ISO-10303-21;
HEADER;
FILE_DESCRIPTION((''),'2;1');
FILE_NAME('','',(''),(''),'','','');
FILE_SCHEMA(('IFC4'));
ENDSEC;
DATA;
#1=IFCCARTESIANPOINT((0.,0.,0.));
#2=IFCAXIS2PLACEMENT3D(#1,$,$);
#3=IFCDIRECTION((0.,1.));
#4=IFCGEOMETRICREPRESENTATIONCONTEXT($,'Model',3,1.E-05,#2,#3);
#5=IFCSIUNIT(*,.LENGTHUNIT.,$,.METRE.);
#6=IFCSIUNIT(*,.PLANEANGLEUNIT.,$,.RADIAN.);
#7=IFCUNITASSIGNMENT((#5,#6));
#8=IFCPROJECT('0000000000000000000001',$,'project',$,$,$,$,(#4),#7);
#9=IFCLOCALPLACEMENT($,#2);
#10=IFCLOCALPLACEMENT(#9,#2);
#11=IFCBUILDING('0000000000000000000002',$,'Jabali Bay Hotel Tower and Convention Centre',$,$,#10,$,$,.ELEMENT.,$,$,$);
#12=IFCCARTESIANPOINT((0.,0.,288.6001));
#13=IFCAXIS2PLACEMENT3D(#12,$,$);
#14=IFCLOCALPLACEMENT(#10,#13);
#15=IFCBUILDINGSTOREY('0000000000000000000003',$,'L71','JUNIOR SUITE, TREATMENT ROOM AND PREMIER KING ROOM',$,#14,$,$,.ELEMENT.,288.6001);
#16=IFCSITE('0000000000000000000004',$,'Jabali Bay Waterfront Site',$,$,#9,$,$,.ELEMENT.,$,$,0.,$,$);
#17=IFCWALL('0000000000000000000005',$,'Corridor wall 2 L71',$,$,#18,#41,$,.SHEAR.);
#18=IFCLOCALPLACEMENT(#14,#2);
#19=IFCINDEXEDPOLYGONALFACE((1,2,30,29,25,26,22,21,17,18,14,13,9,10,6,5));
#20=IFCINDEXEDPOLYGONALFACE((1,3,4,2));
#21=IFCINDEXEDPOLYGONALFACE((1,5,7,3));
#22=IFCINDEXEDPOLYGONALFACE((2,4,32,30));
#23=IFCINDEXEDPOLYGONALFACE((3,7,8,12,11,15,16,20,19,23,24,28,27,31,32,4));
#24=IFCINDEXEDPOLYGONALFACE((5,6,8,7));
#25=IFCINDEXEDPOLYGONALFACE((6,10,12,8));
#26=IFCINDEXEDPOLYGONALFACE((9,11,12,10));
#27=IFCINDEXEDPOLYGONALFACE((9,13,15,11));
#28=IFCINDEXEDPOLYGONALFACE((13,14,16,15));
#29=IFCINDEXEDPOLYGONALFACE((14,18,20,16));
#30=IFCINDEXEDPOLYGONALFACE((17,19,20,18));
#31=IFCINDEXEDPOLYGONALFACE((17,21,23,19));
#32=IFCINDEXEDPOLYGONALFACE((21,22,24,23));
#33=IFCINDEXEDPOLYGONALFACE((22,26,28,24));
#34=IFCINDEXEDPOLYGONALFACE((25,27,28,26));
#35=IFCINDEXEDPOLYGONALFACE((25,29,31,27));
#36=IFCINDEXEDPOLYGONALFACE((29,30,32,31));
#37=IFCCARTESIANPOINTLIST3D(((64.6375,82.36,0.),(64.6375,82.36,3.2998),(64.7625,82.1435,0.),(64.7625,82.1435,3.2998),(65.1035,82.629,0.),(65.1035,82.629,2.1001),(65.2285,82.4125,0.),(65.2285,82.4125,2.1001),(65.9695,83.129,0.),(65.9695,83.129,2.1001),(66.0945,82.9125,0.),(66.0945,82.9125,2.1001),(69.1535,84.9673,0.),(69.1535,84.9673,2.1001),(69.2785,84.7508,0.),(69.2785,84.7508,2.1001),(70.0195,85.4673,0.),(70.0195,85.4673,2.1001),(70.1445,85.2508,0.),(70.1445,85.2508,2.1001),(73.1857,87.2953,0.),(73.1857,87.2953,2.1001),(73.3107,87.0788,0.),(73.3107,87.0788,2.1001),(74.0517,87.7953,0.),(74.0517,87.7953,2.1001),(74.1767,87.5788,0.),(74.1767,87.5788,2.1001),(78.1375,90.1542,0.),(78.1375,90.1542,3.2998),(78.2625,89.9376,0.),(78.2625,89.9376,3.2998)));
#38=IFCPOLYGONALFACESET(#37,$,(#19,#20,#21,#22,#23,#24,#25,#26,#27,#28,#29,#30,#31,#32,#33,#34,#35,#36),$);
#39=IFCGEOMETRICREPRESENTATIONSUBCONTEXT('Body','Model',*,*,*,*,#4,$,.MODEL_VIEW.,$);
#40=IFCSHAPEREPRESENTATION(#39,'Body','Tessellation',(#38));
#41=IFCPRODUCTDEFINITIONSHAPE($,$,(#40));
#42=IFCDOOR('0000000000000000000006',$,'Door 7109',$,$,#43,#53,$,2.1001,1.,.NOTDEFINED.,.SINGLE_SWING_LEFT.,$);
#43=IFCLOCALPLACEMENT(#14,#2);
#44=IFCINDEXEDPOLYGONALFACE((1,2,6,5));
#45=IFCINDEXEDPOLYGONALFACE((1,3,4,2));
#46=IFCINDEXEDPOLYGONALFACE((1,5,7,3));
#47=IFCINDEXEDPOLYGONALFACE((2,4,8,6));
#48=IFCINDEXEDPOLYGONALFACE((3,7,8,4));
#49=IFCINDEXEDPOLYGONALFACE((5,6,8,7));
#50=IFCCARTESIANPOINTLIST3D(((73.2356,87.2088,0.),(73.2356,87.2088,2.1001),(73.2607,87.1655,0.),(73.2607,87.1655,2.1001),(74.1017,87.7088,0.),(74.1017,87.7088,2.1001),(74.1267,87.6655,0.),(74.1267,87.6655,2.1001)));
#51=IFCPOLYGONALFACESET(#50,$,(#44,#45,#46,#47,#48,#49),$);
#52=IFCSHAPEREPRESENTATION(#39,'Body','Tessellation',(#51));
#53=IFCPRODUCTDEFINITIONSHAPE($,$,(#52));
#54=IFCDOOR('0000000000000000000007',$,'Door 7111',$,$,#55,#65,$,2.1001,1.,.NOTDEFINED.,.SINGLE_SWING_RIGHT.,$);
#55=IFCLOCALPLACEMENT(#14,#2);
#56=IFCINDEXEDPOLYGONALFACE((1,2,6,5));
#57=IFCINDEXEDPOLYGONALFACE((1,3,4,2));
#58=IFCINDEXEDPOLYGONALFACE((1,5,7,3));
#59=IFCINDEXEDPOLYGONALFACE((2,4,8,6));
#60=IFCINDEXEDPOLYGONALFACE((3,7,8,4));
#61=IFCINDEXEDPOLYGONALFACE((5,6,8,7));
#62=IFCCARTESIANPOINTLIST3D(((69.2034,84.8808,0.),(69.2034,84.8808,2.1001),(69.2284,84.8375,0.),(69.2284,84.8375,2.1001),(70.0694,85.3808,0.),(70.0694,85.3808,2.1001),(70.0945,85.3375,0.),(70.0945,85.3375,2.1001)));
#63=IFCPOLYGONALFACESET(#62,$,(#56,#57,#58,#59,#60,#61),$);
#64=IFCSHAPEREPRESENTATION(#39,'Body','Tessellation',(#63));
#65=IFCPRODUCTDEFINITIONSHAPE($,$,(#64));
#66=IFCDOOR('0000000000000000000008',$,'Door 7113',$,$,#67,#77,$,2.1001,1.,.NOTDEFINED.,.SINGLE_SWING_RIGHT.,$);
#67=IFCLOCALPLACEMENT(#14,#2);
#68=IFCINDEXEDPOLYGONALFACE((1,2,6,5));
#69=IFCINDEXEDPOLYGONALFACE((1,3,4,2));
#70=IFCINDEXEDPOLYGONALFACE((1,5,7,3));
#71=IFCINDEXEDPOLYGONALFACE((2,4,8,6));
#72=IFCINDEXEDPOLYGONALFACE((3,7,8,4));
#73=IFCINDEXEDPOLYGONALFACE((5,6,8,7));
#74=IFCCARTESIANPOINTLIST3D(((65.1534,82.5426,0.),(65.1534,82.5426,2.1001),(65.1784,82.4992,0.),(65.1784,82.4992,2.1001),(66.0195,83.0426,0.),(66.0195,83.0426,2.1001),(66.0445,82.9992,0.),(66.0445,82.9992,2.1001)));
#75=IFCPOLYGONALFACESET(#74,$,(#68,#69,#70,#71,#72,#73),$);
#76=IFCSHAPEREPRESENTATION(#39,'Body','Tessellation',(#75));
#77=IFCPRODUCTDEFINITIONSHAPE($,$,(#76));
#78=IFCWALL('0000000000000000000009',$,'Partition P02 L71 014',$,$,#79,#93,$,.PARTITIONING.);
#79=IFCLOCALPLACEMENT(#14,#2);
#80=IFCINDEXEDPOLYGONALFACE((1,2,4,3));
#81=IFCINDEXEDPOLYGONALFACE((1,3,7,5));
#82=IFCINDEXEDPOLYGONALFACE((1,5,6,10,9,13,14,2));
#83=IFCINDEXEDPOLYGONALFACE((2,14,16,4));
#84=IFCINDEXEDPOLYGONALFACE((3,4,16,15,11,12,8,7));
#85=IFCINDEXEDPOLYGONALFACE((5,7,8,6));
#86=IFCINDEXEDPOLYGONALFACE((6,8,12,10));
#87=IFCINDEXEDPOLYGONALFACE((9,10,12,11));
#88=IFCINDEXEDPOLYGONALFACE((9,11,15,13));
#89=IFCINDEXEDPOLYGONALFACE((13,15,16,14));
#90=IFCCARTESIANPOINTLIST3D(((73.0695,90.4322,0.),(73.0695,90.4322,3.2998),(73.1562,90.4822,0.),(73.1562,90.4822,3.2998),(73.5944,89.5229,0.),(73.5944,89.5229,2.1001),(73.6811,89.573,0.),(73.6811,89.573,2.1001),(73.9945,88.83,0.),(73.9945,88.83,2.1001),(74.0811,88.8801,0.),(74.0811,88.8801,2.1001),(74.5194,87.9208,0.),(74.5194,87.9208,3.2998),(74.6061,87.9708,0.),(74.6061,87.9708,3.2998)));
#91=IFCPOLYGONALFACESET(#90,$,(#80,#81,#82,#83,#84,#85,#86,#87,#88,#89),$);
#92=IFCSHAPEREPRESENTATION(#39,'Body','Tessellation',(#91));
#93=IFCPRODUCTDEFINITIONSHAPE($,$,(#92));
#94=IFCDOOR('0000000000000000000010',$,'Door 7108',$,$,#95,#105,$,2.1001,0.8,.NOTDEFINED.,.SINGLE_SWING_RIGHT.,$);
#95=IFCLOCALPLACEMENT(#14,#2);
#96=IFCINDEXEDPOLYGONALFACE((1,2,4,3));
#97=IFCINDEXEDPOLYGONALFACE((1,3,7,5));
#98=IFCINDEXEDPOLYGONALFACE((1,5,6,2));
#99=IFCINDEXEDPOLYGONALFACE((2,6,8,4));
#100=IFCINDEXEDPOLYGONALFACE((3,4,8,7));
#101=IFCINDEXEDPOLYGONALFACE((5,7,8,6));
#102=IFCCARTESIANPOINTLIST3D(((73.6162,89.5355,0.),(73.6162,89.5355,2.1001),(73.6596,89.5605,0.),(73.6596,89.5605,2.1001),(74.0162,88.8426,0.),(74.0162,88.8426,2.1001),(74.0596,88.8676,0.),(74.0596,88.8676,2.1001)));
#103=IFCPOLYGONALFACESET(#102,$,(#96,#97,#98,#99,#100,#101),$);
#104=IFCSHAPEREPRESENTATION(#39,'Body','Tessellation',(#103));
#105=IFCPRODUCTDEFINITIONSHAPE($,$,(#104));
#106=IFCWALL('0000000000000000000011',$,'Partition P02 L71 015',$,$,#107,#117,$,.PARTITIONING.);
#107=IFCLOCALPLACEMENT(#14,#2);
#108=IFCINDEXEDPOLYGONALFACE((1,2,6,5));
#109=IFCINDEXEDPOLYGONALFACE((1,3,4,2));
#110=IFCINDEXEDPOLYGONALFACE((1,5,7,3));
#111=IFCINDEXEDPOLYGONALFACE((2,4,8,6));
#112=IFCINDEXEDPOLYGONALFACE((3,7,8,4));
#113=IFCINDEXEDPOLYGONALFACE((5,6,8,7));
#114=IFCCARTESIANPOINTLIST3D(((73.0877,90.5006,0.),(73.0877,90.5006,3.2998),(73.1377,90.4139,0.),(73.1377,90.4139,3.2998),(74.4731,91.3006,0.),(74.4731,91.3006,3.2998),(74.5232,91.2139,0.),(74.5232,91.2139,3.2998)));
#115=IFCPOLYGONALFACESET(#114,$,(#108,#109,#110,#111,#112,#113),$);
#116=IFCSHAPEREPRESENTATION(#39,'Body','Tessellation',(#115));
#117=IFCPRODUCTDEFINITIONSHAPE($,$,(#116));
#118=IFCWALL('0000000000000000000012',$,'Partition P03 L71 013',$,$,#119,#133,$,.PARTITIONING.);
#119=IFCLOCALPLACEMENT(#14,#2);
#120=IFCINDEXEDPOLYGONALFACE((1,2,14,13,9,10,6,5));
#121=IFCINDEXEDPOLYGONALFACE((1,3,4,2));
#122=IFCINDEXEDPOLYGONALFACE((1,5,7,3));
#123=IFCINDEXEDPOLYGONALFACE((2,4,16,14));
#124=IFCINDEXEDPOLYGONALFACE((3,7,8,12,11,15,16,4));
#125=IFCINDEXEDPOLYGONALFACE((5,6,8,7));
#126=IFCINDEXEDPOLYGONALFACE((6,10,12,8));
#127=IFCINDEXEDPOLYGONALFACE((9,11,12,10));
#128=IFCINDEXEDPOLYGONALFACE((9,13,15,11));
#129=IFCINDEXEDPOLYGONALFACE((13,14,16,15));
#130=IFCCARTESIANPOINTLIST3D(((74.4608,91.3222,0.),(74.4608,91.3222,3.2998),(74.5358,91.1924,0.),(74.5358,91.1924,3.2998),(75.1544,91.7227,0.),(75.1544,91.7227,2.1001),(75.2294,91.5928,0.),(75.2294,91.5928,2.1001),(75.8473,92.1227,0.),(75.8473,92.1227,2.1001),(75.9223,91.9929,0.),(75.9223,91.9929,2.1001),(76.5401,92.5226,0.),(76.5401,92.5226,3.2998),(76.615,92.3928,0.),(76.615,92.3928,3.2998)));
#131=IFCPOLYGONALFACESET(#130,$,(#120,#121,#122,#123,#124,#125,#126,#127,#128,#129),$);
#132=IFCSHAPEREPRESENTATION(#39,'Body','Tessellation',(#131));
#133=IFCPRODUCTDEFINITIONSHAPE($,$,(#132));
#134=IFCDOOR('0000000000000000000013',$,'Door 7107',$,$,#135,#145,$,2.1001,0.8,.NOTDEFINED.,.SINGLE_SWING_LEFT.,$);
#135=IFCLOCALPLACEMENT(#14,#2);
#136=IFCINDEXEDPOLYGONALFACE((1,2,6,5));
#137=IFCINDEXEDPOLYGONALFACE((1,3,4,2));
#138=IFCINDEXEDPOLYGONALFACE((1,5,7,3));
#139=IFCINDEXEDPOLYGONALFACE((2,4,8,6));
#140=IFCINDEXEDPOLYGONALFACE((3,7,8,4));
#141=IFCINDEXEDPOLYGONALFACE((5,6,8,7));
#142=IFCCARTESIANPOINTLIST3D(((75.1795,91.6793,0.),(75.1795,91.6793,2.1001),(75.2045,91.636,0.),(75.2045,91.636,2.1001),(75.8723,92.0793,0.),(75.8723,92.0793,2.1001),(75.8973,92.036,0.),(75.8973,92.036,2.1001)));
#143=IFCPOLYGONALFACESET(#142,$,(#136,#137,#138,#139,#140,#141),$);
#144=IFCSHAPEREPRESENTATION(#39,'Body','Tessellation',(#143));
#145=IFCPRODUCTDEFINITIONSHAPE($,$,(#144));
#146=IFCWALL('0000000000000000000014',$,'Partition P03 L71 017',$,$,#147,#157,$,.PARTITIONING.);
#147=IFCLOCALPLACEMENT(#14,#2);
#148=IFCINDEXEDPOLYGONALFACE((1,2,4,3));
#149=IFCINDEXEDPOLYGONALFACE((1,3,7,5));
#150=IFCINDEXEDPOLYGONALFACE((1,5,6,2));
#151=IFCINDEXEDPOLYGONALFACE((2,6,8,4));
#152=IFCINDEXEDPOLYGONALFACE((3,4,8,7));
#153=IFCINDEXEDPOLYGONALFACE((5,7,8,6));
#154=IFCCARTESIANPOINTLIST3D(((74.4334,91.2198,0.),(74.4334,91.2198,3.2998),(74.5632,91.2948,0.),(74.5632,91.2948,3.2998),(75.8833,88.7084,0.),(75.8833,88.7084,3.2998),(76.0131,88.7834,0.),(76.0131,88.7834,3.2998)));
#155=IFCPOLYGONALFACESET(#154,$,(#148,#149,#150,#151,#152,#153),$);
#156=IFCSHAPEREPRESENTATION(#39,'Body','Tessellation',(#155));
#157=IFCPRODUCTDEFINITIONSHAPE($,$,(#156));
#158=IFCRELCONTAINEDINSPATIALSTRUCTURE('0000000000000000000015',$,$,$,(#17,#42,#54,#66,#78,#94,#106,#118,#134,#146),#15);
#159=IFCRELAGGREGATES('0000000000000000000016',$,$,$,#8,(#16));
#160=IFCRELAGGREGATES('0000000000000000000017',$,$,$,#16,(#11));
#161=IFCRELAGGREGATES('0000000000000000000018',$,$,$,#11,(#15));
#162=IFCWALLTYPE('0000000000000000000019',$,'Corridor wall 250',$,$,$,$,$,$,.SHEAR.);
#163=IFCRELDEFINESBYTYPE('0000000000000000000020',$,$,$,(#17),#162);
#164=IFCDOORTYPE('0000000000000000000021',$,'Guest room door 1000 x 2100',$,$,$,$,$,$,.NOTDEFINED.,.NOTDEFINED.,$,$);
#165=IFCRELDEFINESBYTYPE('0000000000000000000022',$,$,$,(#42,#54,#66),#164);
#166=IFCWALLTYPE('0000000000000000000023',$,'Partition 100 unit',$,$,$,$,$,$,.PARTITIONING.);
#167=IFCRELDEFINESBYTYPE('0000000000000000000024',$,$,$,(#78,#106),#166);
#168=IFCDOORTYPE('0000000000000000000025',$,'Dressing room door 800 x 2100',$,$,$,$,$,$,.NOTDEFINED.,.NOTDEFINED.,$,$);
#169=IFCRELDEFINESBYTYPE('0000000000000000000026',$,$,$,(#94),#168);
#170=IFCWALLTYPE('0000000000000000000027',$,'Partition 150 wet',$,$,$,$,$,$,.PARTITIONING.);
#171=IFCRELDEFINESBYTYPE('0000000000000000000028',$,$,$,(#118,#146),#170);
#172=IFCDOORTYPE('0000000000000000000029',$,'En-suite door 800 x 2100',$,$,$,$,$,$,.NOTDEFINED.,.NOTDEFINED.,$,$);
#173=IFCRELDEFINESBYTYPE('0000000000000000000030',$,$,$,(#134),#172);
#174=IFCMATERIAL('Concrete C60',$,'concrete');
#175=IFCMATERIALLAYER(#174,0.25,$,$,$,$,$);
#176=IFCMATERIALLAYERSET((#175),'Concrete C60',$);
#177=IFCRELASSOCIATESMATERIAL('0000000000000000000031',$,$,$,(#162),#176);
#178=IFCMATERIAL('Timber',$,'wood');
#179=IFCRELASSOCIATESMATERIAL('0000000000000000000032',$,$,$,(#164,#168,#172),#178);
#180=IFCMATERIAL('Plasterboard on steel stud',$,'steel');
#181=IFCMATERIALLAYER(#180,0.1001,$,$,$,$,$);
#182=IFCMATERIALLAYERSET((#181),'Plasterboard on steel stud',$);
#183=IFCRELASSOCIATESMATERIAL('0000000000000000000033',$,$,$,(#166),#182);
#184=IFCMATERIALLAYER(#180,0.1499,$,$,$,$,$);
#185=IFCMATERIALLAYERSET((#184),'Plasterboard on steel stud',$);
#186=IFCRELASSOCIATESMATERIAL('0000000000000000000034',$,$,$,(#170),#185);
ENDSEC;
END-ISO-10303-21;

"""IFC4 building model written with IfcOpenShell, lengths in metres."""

from ifc_helpers import new_model, si_unit, direction, frame, frame_2d, origin, place, context, subcontext, project, spatial, rectangle, extrude, material, layer, layer_set, type_object, element, fill, save


model = new_model("IFC4")

# Units and contexts
model_context = context("Model", 3, precision=1e-05, world=origin(), true_north=direction((0.0, 1.0)))
body_context = subcontext(model_context, "Body", "Model", "MODEL_VIEW")
ifc_project = project(units=[si_unit("LENGTHUNIT", "METRE"), si_unit("PLANEANGLEUNIT", "RADIAN")], contexts=[model_context])

# Site, building, storey
site_placement = place(None, origin())
site = spatial("IfcSite", under=ifc_project, at=site_placement, Name="Jabali Bay Waterfront Site", CompositionType="ELEMENT", RefElevation=0.0)
building_placement = place(site_placement, origin())
building = spatial("IfcBuilding", under=site, at=building_placement, Name="Jabali Bay Hotel Tower and Convention Centre", CompositionType="ELEMENT")
storey_placement = place(building_placement, frame((0.0, 0.0, 288.6001)))
storey = spatial("IfcBuildingStorey", under=building, at=storey_placement, Name="L71", Description="JUNIOR SUITE, TREATMENT ROOM AND PREMIER KING ROOM", CompositionType="ELEMENT", Elevation=288.6001)

# Shared definitions
ifc_material_1 = material(Name="Concrete C60", Category="concrete")

# Wall, openings, doors
ifc_layer_1 = layer(ifc_material_1, 0.25)
ifc_layer_set_1 = layer_set([ifc_layer_1], Name="Concrete C60")
wall_type_1 = type_object("IfcWallType", Name="Corridor wall 250", PredefinedType="SHEAR", material=ifc_layer_set_1)
wall_1_placement = place(storey_placement, frame((78.2, 90.0459, 0.0), z_axis=(0.0, 0.0, 1.0), x_axis=(-0.866026, -0.499998, 0.0)))
wall_1 = element("IfcWall", 1, at=wall_1_placement, inside=storey, type_object=wall_type_1, Name="Corridor wall 2 L71", PredefinedType="SHEAR", context=body_context, shape_type="SweptSolid", body=[
    extrude(rectangle(XDim=15.5884, YDim=0.25, at=frame_2d((7.7942, 0.0))), origin(), (0.0, 0.0, 1.0), 3.2998),
])
opening_1_placement = place(wall_1_placement, frame((4.7178, 0.0, 0.0)))
opening_1 = element("IfcOpeningElement", 2, at=opening_1_placement, cuts=wall_1, PredefinedType="OPENING", context=body_context, shape_type="SweptSolid", body=[
    extrude(rectangle(XDim=1.0, YDim=2.1001, at=frame_2d((0.5, 1.05))), frame((0.0, 0.1355, 0.0), z_axis=(0.0, -1.0, 0.0), x_axis=(1.0, 0.0, 0.0)), (0.0, 0.0, 1.0), 0.271),
])
opening_2_placement = place(wall_1_placement, frame((9.3738, 0.0, 0.0)))
opening_2 = element("IfcOpeningElement", 3, at=opening_2_placement, cuts=wall_1, PredefinedType="OPENING", context=body_context, shape_type="SweptSolid", body=[
    extrude(rectangle(XDim=1.0, YDim=2.1001, at=frame_2d((0.5, 1.05))), frame((0.0, 0.1355, 0.0), z_axis=(0.0, -1.0, 0.0), x_axis=(1.0, 0.0, 0.0)), (0.0, 0.0, 1.0), 0.271),
])
opening_3_placement = place(wall_1_placement, frame((14.0503, 0.0, 0.0)))
opening_3 = element("IfcOpeningElement", 4, at=opening_3_placement, cuts=wall_1, PredefinedType="OPENING", context=body_context, shape_type="SweptSolid", body=[
    extrude(rectangle(XDim=1.0, YDim=2.1001, at=frame_2d((0.5, 1.05))), frame((0.0, 0.1355, 0.0), z_axis=(0.0, -1.0, 0.0), x_axis=(1.0, 0.0, 0.0)), (0.0, 0.0, 1.0), 0.271),
])
ifc_material_2 = material(Name="Timber", Category="wood")
door_type_1 = type_object("IfcDoorType", Name="Guest room door 1000 x 2100", OperationType="NOTDEFINED", PredefinedType="NOTDEFINED", material=ifc_material_2)
door_1_placement = place(opening_1_placement, origin())
door_1 = element("IfcDoor", 5, at=door_1_placement, inside=storey, type_object=door_type_1, Name="Door 7109", OperationType="SINGLE_SWING_LEFT", OverallHeight=2.1001, OverallWidth=1.0, PredefinedType="NOTDEFINED", context=body_context, shape_type="SweptSolid", body=[
    extrude(rectangle(XDim=1.0, YDim=2.1001, at=frame_2d((0.5, 1.05))), frame((0.0, 0.0249, 0.0), z_axis=(0.0, -1.0, 0.0), x_axis=(1.0, 0.0, 0.0)), (0.0, 0.0, 1.0), 0.05),
])
fill(opening_1, door_1)
door_2_placement = place(opening_2_placement, origin())
door_2 = element("IfcDoor", 6, at=door_2_placement, inside=storey, type_object=door_type_1, Name="Door 7111", OperationType="SINGLE_SWING_RIGHT", OverallHeight=2.1001, OverallWidth=1.0, PredefinedType="NOTDEFINED", context=body_context, shape_type="SweptSolid", body=[
    extrude(rectangle(XDim=1.0, YDim=2.1001, at=frame_2d((0.5, 1.05))), frame((0.0, 0.0249, 0.0), z_axis=(0.0, -1.0, 0.0), x_axis=(1.0, 0.0, 0.0)), (0.0, 0.0, 1.0), 0.05),
])
fill(opening_2, door_2)
door_3_placement = place(opening_3_placement, origin())
door_3 = element("IfcDoor", 7, at=door_3_placement, inside=storey, type_object=door_type_1, Name="Door 7113", OperationType="SINGLE_SWING_RIGHT", OverallHeight=2.1001, OverallWidth=1.0, PredefinedType="NOTDEFINED", context=body_context, shape_type="SweptSolid", body=[
    extrude(rectangle(XDim=1.0, YDim=2.1001, at=frame_2d((0.5, 1.05))), frame((0.0, 0.0249, 0.0), z_axis=(0.0, -1.0, 0.0), x_axis=(1.0, 0.0, 0.0)), (0.0, 0.0, 1.0), 0.05),
])
fill(opening_3, door_3)

# Wall, opening, door
ifc_material_3 = material(Name="Plasterboard on steel stud", Category="steel")
ifc_layer_2 = layer(ifc_material_3, 0.1001)
ifc_layer_set_2 = layer_set([ifc_layer_2], Name="Plasterboard on steel stud")
wall_type_2 = type_object("IfcWallType", Name="Partition 100 unit", PredefinedType="PARTITIONING", material=ifc_layer_set_2)
wall_2_placement = place(storey_placement, frame((74.5627, 87.9458, 0.0), z_axis=(0.0, 0.0, 1.0), x_axis=(-0.499987, 0.866033, 0.0)))
wall_2 = element("IfcWall", 8, at=wall_2_placement, inside=storey, type_object=wall_type_2, Name="Partition P02 L71 014", PredefinedType="PARTITIONING", context=body_context, shape_type="SweptSolid", body=[
    extrude(rectangle(XDim=2.8999, YDim=0.1001, at=frame_2d((1.45, 0.0))), origin(), (0.0, 0.0, 1.0), 3.2998),
])
opening_4_placement = place(wall_2_placement, frame((1.05, 0.0, 0.0)))
opening_4 = element("IfcOpeningElement", 9, at=opening_4_placement, cuts=wall_2, PredefinedType="OPENING", context=body_context, shape_type="SweptSolid", body=[
    extrude(rectangle(XDim=0.8, YDim=2.1001, at=frame_2d((0.3999, 1.05))), frame((0.0, 0.0605, 0.0), z_axis=(0.0, -1.0, 0.0), x_axis=(1.0, 0.0, 0.0)), (0.0, 0.0, 1.0), 0.1211),
])
door_type_2 = type_object("IfcDoorType", Name="Dressing room door 800 x 2100", OperationType="NOTDEFINED", PredefinedType="NOTDEFINED", material=ifc_material_2)
door_4_placement = place(opening_4_placement, origin())
door_4 = element("IfcDoor", 10, at=door_4_placement, inside=storey, type_object=door_type_2, Name="Door 7108", OperationType="SINGLE_SWING_RIGHT", OverallHeight=2.1001, OverallWidth=0.8, PredefinedType="NOTDEFINED", context=body_context, shape_type="SweptSolid", body=[
    extrude(rectangle(XDim=0.8, YDim=2.1001, at=frame_2d((0.3999, 1.05))), frame((0.0, 0.0249, 0.0), z_axis=(0.0, -1.0, 0.0), x_axis=(1.0, 0.0, 0.0)), (0.0, 0.0, 1.0), 0.05),
])
fill(opening_4, door_4)

# Wall
wall_3_placement = place(storey_placement, frame((73.1128, 90.4573, 0.0), z_axis=(0.0, 0.0, 1.0), x_axis=(0.86599, 0.500061, 0.0)))
element("IfcWall", 11, at=wall_3_placement, inside=storey, type_object=wall_type_2, Name="Partition P02 L71 015", PredefinedType="PARTITIONING", context=body_context, shape_type="SweptSolid", body=[
    extrude(rectangle(XDim=1.5999, YDim=0.1001, at=frame_2d((0.7998, 0.0))), origin(), (0.0, 0.0, 1.0), 3.2998),
])

# Wall, opening, door
ifc_layer_3 = layer(ifc_material_3, 0.1499)
ifc_layer_set_3 = layer_set([ifc_layer_3], Name="Plasterboard on steel stud")
wall_type_3 = type_object("IfcWallType", Name="Partition 150 wet", PredefinedType="PARTITIONING", material=ifc_layer_set_3)
wall_4_placement = place(storey_placement, frame((74.4983, 91.2573, 0.0), z_axis=(0.0, 0.0, 1.0), x_axis=(0.866038, 0.499978, 0.0)))
wall_4 = element("IfcWall", 12, at=wall_4_placement, inside=storey, type_object=wall_type_3, Name="Partition P03 L71 013", PredefinedType="PARTITIONING", context=body_context, shape_type="SweptSolid", body=[
    extrude(rectangle(XDim=2.4009, YDim=0.1499, at=frame_2d((1.2004, 0.0))), origin(), (0.0, 0.0, 1.0), 3.2998),
])
opening_5_placement = place(wall_4_placement, frame((0.801, 0.0, 0.0)))
opening_5 = element("IfcOpeningElement", 13, at=opening_5_placement, cuts=wall_4, PredefinedType="OPENING", context=body_context, shape_type="SweptSolid", body=[
    extrude(rectangle(XDim=0.8, YDim=2.1001, at=frame_2d((0.3999, 1.05))), frame((0.0, 0.0854, 0.0), z_axis=(0.0, -1.0, 0.0), x_axis=(1.0, 0.0, 0.0)), (0.0, 0.0, 1.0), 0.1709),
])
door_type_3 = type_object("IfcDoorType", Name="En-suite door 800 x 2100", OperationType="NOTDEFINED", PredefinedType="NOTDEFINED", material=ifc_material_2)
door_5_placement = place(opening_5_placement, origin())
door_5 = element("IfcDoor", 14, at=door_5_placement, inside=storey, type_object=door_type_3, Name="Door 7107", OperationType="SINGLE_SWING_LEFT", OverallHeight=2.1001, OverallWidth=0.8, PredefinedType="NOTDEFINED", context=body_context, shape_type="SweptSolid", body=[
    extrude(rectangle(XDim=0.8, YDim=2.1001, at=frame_2d((0.3999, 1.05))), frame((0.0, 0.0249, 0.0), z_axis=(0.0, -1.0, 0.0), x_axis=(1.0, 0.0, 0.0)), (0.0, 0.0, 1.0), 0.05),
])
fill(opening_5, door_5)

# Wall
wall_5_placement = place(storey_placement, frame((74.4983, 91.2573, 0.0), z_axis=(0.0, 0.0, 1.0), x_axis=(0.499987, -0.866033, 0.0)))
element("IfcWall", 15, at=wall_5_placement, inside=storey, type_object=wall_type_3, Name="Partition P03 L71 017", PredefinedType="PARTITIONING", context=body_context, shape_type="SweptSolid", body=[
    extrude(rectangle(XDim=2.8999, YDim=0.1499, at=frame_2d((1.45, 0.0))), origin(), (0.0, 0.0, 1.0), 3.2998),
])

save(model, "model.ifc")
